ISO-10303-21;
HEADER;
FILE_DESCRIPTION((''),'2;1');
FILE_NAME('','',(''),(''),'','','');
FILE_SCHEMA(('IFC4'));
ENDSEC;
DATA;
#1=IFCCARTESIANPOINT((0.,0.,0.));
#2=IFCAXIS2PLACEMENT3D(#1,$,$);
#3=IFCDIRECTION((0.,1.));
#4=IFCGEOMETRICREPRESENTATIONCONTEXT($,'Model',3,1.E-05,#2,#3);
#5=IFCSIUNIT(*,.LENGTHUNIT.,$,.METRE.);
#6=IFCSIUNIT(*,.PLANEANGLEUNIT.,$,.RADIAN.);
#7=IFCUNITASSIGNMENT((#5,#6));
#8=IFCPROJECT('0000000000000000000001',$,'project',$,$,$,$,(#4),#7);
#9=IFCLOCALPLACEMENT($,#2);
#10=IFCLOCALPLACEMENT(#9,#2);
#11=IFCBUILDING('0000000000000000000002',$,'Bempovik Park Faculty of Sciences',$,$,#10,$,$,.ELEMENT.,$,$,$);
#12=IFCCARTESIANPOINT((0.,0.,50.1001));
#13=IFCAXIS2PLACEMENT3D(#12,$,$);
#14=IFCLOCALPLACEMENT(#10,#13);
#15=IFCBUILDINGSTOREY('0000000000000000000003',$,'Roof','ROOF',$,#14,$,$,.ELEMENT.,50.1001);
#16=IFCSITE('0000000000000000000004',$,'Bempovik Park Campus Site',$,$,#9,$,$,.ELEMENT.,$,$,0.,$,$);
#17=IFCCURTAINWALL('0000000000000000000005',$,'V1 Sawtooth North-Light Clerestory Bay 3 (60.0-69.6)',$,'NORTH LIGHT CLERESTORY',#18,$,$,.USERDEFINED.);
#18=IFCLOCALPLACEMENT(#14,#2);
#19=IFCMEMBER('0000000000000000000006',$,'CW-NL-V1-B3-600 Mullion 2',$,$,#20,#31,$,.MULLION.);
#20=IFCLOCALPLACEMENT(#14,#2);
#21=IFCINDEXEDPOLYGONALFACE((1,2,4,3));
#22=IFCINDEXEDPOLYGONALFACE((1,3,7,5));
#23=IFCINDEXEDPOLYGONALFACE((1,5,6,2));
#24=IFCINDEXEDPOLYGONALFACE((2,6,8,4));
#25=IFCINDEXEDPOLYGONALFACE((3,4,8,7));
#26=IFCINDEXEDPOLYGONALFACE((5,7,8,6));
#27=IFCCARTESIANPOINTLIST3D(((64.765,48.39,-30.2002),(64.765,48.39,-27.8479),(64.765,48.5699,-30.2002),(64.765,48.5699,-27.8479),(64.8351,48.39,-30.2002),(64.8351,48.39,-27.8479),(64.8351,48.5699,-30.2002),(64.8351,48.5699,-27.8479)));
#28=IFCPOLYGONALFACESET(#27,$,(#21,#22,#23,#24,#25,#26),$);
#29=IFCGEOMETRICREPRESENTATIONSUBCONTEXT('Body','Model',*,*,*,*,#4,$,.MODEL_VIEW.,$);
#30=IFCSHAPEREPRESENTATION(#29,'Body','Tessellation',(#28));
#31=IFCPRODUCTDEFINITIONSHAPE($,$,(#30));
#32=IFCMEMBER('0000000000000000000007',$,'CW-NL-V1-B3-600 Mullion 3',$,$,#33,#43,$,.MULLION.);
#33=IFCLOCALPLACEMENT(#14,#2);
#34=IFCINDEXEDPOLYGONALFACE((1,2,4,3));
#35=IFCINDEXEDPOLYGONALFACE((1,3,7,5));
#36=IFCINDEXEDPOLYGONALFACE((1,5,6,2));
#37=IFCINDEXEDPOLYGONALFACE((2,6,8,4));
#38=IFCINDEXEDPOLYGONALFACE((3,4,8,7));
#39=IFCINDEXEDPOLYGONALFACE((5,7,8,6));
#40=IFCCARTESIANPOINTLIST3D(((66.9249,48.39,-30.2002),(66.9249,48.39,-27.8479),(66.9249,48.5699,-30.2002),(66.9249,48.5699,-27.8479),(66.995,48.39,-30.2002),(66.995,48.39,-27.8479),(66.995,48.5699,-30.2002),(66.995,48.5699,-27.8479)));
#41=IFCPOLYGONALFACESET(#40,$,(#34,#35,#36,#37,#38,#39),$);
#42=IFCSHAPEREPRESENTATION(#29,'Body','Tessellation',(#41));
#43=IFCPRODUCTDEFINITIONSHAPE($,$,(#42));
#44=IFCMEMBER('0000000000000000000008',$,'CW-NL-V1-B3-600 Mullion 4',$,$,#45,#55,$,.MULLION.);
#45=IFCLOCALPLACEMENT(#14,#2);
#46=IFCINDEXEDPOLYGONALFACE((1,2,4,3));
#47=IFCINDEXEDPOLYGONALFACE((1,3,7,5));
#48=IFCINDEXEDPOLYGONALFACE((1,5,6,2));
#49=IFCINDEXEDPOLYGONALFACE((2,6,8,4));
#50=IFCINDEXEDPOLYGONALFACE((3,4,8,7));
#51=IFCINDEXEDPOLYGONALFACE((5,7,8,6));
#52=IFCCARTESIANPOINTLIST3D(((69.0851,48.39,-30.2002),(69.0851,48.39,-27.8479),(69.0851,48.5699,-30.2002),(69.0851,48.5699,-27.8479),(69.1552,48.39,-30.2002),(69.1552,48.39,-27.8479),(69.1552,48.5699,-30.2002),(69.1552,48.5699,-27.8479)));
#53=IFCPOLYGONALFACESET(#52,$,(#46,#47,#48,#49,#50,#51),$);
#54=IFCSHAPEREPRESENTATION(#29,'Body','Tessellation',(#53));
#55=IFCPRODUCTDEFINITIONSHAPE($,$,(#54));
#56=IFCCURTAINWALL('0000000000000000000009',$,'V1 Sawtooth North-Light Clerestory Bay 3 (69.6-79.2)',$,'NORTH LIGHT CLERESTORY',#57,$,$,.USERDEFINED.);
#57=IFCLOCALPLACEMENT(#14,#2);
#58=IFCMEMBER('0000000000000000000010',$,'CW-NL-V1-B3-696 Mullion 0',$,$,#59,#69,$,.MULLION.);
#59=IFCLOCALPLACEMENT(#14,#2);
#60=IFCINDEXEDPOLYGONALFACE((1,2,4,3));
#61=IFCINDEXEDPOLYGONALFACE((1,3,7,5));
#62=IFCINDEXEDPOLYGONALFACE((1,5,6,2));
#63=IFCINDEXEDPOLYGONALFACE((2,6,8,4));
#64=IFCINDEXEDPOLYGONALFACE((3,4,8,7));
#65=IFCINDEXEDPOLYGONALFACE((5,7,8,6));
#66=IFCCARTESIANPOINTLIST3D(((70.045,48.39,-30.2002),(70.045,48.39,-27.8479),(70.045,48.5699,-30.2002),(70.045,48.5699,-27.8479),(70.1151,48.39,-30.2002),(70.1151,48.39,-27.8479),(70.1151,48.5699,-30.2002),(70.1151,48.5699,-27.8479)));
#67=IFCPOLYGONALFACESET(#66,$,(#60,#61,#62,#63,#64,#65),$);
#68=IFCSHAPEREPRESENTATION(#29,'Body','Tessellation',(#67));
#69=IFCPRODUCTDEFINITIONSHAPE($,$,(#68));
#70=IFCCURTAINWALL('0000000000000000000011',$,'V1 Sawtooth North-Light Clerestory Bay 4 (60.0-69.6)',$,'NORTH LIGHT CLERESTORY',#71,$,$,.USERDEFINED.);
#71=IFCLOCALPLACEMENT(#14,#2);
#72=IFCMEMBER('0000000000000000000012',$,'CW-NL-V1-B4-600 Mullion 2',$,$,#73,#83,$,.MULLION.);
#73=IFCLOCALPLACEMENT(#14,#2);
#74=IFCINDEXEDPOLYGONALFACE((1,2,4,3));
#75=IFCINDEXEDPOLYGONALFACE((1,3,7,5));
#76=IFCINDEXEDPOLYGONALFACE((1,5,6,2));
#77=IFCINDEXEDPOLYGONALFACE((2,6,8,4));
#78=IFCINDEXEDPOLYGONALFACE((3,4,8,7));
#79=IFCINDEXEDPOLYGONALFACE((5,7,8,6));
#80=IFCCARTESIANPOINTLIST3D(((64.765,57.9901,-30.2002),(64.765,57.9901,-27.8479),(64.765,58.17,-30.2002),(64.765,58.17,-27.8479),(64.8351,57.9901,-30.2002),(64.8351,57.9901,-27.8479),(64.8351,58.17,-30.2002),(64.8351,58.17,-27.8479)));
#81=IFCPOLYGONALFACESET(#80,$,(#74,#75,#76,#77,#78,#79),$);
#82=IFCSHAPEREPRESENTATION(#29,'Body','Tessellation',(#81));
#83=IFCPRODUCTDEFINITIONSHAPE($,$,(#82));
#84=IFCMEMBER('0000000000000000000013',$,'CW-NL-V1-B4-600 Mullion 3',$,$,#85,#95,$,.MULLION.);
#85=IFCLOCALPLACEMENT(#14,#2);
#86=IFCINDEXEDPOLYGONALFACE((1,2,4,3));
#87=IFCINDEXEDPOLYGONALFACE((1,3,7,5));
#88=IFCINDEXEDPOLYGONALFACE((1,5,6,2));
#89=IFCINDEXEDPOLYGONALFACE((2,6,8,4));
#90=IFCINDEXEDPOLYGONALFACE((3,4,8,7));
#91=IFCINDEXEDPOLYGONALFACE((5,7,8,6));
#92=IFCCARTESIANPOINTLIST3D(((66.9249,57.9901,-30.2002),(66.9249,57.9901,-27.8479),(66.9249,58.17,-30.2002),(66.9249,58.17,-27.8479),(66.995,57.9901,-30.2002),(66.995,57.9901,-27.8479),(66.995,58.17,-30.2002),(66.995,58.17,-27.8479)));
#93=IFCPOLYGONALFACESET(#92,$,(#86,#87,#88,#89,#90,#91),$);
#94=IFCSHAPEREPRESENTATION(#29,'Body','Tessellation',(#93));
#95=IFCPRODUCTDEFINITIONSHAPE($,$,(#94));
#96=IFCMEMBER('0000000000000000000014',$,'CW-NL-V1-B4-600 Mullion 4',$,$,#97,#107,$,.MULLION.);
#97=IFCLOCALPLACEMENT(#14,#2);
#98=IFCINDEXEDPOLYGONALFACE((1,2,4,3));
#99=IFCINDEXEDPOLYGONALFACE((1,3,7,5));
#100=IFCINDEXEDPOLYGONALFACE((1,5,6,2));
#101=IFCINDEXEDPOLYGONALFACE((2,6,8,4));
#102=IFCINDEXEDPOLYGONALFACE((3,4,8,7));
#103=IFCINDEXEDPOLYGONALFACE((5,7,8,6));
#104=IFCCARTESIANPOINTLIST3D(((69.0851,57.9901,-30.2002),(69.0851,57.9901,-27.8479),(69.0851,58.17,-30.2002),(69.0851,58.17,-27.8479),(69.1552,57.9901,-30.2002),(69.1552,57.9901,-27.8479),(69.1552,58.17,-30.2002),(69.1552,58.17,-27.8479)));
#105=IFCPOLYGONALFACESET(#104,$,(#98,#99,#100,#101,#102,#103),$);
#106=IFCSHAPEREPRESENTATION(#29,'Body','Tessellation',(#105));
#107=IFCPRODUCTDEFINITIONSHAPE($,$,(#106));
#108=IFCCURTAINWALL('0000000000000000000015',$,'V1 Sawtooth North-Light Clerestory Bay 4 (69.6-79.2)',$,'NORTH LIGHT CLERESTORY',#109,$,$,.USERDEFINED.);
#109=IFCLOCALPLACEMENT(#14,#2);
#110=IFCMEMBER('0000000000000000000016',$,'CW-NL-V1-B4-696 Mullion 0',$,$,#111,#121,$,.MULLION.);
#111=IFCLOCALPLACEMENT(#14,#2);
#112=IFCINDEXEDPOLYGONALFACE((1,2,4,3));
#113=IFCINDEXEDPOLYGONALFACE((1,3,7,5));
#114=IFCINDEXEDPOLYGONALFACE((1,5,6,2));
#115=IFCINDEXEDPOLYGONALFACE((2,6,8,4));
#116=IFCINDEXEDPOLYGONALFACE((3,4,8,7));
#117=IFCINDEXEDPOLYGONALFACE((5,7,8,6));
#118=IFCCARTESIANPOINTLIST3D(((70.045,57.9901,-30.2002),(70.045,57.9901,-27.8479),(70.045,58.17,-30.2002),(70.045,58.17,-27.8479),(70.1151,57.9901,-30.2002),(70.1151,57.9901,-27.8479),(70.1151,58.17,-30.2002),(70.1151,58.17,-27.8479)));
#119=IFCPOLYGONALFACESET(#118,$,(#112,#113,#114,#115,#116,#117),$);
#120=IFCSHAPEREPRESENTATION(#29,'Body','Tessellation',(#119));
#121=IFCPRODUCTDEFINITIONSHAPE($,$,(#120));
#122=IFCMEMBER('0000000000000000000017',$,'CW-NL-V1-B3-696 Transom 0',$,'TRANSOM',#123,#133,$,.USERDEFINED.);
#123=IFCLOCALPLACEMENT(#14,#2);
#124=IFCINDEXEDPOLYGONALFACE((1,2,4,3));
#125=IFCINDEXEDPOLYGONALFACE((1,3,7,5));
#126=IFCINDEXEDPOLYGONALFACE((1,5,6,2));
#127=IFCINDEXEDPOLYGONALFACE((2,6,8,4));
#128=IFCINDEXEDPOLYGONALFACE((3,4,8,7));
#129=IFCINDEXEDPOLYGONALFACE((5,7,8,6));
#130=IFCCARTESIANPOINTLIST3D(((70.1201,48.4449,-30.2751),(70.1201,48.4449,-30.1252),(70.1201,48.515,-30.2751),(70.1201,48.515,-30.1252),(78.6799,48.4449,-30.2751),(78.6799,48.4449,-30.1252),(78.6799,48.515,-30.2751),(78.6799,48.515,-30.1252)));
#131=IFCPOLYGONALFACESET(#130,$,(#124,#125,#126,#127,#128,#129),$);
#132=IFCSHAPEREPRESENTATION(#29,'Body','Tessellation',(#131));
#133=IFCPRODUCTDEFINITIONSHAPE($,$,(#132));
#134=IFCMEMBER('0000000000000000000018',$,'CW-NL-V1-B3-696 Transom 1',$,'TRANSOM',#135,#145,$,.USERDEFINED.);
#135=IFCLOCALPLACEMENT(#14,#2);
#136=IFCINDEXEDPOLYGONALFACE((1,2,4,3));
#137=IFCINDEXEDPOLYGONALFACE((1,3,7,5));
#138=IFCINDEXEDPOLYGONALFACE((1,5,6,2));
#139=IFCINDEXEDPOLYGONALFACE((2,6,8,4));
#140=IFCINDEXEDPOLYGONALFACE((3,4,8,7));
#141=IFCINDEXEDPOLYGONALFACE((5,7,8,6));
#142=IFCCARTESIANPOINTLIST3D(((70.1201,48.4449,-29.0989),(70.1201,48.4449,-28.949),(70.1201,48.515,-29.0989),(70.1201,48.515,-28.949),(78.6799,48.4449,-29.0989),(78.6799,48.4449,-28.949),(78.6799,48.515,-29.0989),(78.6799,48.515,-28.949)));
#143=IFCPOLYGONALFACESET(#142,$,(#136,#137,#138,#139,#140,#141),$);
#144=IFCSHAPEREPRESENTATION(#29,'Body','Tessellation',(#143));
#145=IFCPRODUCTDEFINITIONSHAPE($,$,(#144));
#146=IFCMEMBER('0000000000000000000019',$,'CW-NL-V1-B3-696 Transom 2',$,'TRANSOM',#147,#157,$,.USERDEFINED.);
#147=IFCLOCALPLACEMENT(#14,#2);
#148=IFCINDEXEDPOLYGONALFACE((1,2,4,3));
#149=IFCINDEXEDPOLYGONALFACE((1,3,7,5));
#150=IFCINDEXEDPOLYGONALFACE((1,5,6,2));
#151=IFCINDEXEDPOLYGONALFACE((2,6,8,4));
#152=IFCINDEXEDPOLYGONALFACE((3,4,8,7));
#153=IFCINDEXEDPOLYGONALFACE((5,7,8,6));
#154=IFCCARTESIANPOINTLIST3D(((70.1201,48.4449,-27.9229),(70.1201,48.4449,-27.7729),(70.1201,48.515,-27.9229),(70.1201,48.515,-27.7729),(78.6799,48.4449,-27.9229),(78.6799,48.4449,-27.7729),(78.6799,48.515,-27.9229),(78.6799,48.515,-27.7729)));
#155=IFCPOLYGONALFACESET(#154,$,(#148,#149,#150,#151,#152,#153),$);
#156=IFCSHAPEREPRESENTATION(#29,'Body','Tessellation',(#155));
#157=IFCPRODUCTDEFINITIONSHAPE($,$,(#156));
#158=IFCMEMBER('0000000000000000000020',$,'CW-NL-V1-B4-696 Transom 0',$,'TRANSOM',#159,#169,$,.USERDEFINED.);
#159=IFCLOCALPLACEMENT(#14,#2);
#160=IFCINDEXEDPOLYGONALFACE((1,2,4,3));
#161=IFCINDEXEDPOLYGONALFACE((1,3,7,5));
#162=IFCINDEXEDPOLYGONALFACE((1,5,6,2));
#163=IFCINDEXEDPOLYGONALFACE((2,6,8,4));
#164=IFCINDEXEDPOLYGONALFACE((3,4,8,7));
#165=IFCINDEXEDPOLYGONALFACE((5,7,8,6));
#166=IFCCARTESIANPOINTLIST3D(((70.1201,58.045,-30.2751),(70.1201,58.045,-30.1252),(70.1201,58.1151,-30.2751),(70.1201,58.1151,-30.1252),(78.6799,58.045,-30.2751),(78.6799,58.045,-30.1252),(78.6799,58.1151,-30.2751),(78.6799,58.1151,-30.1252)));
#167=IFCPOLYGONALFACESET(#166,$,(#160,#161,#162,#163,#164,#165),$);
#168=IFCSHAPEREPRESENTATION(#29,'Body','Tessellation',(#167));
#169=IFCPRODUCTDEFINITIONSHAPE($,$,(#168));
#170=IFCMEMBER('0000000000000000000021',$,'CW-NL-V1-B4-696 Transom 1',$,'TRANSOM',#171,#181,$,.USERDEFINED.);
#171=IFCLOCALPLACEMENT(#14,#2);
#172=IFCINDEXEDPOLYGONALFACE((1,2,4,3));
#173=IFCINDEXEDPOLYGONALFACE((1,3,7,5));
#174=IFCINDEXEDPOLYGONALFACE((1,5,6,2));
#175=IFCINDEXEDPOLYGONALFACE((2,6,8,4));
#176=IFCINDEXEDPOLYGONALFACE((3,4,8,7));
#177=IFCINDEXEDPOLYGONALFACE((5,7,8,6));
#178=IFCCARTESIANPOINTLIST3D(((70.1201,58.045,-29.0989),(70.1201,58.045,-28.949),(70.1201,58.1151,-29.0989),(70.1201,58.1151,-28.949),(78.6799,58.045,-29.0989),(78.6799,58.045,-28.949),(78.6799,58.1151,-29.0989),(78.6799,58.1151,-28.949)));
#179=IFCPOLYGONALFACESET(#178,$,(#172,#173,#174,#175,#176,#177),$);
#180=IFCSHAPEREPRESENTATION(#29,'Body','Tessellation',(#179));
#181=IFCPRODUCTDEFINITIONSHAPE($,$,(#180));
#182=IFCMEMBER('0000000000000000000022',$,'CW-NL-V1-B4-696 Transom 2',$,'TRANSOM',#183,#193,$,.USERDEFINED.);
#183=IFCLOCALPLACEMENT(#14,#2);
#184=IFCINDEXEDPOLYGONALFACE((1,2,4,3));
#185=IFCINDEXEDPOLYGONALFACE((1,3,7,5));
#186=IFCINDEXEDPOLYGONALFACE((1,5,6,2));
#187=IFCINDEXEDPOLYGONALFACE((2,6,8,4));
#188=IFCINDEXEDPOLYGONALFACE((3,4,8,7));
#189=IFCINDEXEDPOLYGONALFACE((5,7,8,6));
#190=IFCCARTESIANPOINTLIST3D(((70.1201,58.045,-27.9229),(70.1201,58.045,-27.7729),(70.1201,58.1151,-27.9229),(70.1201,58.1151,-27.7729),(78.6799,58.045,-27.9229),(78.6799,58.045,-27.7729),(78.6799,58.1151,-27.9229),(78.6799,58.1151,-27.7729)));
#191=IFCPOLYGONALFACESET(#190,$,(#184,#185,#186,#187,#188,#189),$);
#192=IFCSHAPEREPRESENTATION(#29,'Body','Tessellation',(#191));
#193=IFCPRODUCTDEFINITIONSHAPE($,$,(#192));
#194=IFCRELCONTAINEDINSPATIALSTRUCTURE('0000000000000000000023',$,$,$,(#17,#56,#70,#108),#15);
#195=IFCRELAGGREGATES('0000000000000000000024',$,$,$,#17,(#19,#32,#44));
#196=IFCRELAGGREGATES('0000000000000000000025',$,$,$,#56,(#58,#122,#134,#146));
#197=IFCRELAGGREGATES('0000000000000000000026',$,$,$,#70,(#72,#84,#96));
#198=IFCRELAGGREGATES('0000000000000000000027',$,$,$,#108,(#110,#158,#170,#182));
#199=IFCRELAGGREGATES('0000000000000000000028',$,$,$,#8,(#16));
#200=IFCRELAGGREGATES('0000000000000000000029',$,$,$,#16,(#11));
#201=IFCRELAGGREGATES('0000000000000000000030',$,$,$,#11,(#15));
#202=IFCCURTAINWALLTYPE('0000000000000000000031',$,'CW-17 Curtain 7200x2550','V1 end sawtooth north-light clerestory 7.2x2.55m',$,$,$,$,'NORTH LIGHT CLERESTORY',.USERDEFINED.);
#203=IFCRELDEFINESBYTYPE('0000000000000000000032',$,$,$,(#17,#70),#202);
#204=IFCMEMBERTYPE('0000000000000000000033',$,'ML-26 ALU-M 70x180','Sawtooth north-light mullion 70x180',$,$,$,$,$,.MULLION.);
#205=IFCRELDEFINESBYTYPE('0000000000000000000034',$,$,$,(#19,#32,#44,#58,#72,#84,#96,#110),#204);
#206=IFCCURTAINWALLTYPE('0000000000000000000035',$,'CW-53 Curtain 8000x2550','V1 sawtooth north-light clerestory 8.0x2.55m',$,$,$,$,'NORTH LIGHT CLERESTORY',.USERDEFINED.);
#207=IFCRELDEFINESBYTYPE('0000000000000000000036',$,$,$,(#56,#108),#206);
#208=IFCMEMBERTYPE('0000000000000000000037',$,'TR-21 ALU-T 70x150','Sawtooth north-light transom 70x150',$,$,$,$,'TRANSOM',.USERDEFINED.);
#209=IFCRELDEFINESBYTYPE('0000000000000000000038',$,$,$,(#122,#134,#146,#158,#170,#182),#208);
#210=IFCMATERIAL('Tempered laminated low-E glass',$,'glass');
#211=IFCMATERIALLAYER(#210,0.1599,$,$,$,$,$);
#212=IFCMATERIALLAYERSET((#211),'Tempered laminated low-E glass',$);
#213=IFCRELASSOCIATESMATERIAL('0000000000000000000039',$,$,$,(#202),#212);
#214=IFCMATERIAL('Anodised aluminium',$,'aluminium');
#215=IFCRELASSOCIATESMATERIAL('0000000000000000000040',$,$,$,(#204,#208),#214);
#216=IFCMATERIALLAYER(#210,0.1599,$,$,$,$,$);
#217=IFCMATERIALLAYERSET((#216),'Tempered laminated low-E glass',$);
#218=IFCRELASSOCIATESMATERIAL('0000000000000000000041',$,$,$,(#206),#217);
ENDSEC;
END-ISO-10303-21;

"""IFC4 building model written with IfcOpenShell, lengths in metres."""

from ifc_helpers import new_model, si_unit, direction, frame, origin, origin_2d, place, context, subcontext, project, spatial, rectangle, extrude, material, layer, layer_set, material_profile, profile_set, type_object, element, aggregate, save


model = new_model("IFC4")

# Units and contexts
model_context = context("Model", 3, precision=1e-05, world=origin(), true_north=direction((0.0, 1.0)))
body_context = subcontext(model_context, "Body", "Model", "MODEL_VIEW")
ifc_project = project(units=[si_unit("LENGTHUNIT", "METRE"), si_unit("PLANEANGLEUNIT", "RADIAN")], contexts=[model_context])

# Site, building, storey
site_placement = place(None, origin())
site = spatial("IfcSite", under=ifc_project, at=site_placement, Name="Bempovik Park Campus Site", CompositionType="ELEMENT", RefElevation=0.0)
building_placement = place(site_placement, origin())
building = spatial("IfcBuilding", under=site, at=building_placement, Name="Bempovik Park Faculty of Sciences", CompositionType="ELEMENT")
storey_placement = place(building_placement, frame((0.0, 0.0, 50.1001)))
storey = spatial("IfcBuildingStorey", under=building, at=storey_placement, Name="Roof", Description="ROOF", CompositionType="ELEMENT", Elevation=50.1001)

# Curtain wall, members
ifc_material_1 = material(Name="Tempered laminated low-E glass", Category="glass")
ifc_layer_1 = layer(ifc_material_1, 0.1599)
ifc_layer_set_1 = layer_set([ifc_layer_1], Name="Tempered laminated low-E glass")
curtain_wall_type_1 = type_object("IfcCurtainWallType", Name="CW-17 Curtain 7200x2550", Description="V1 end sawtooth north-light clerestory 7.2x2.55m", ElementType="NORTH LIGHT CLERESTORY", PredefinedType="USERDEFINED", material=ifc_layer_set_1)
curtain_wall_1_placement = place(storey_placement, origin())
curtain_wall_1 = element("IfcCurtainWall", 1, at=curtain_wall_1_placement, inside=storey, type_object=curtain_wall_type_1, Name="V1 Sawtooth North-Light Clerestory Bay 3 (60.0-69.6)", ObjectType="NORTH LIGHT CLERESTORY", PredefinedType="USERDEFINED")
ifc_material_2 = material(Name="Anodised aluminium", Category="aluminium")
ifc_material_profile_1 = material_profile(ifc_material_2, rectangle(XDim=0.0701, YDim=0.1799, at=origin_2d()), Name="ALU-M 70x180")
ifc_profile_set_1 = profile_set([ifc_material_profile_1], Name="Anodised aluminium")
member_type_1 = type_object("IfcMemberType", Name="ML-26 ALU-M 70x180", Description="Sawtooth north-light mullion 70x180", PredefinedType="MULLION", material=ifc_profile_set_1)
member_1_placement = place(storey_placement, frame((64.8, 48.48, -30.2002), z_axis=(0.0, 0.0, 1.0), x_axis=(1.0, 0.0, 0.0)))
member_1 = element("IfcMember", 2, at=member_1_placement, type_object=member_type_1, Name="CW-NL-V1-B3-600 Mullion 2", PredefinedType="MULLION", context=body_context, shape_type="SweptSolid", body=[
    extrude(rectangle(XDim=0.0701, YDim=0.1799, at=origin_2d()), origin(), (0.0, 0.0, 1.0), 2.3523),
])
member_2_placement = place(storey_placement, frame((66.96, 48.48, -30.2002), z_axis=(0.0, 0.0, 1.0), x_axis=(1.0, 0.0, 0.0)))
member_2 = element("IfcMember", 3, at=member_2_placement, type_object=member_type_1, Name="CW-NL-V1-B3-600 Mullion 3", PredefinedType="MULLION", context=body_context, shape_type="SweptSolid", body=[
    extrude(rectangle(XDim=0.0701, YDim=0.1799, at=origin_2d()), origin(), (0.0, 0.0, 1.0), 2.3523),
])
member_3_placement = place(storey_placement, frame((69.1201, 48.48, -30.2002), z_axis=(0.0, 0.0, 1.0), x_axis=(1.0, 0.0, 0.0)))
member_3 = element("IfcMember", 4, at=member_3_placement, type_object=member_type_1, Name="CW-NL-V1-B3-600 Mullion 4", PredefinedType="MULLION", context=body_context, shape_type="SweptSolid", body=[
    extrude(rectangle(XDim=0.0701, YDim=0.1799, at=origin_2d()), origin(), (0.0, 0.0, 1.0), 2.3523),
])

# Curtain wall, member
ifc_layer_2 = layer(ifc_material_1, 0.1599)
ifc_layer_set_2 = layer_set([ifc_layer_2], Name="Tempered laminated low-E glass")
curtain_wall_type_2 = type_object("IfcCurtainWallType", Name="CW-53 Curtain 8000x2550", Description="V1 sawtooth north-light clerestory 8.0x2.55m", ElementType="NORTH LIGHT CLERESTORY", PredefinedType="USERDEFINED", material=ifc_layer_set_2)
curtain_wall_2_placement = place(storey_placement, origin())
curtain_wall_2 = element("IfcCurtainWall", 5, at=curtain_wall_2_placement, inside=storey, type_object=curtain_wall_type_2, Name="V1 Sawtooth North-Light Clerestory Bay 3 (69.6-79.2)", ObjectType="NORTH LIGHT CLERESTORY", PredefinedType="USERDEFINED")
member_4_placement = place(storey_placement, frame((70.0801, 48.48, -30.2002), z_axis=(0.0, 0.0, 1.0), x_axis=(1.0, 0.0, 0.0)))
member_4 = element("IfcMember", 6, at=member_4_placement, type_object=member_type_1, Name="CW-NL-V1-B3-696 Mullion 0", PredefinedType="MULLION", context=body_context, shape_type="SweptSolid", body=[
    extrude(rectangle(XDim=0.0701, YDim=0.1799, at=origin_2d()), origin(), (0.0, 0.0, 1.0), 2.3523),
])

# Curtain wall, members
curtain_wall_3_placement = place(storey_placement, origin())
curtain_wall_3 = element("IfcCurtainWall", 7, at=curtain_wall_3_placement, inside=storey, type_object=curtain_wall_type_1, Name="V1 Sawtooth North-Light Clerestory Bay 4 (60.0-69.6)", ObjectType="NORTH LIGHT CLERESTORY", PredefinedType="USERDEFINED")
member_5_placement = place(storey_placement, frame((64.8, 58.0801, -30.2002), z_axis=(0.0, 0.0, 1.0), x_axis=(1.0, 0.0, 0.0)))
member_5 = element("IfcMember", 8, at=member_5_placement, type_object=member_type_1, Name="CW-NL-V1-B4-600 Mullion 2", PredefinedType="MULLION", context=body_context, shape_type="SweptSolid", body=[
    extrude(rectangle(XDim=0.0701, YDim=0.1799, at=origin_2d()), origin(), (0.0, 0.0, 1.0), 2.3523),
])
member_6_placement = place(storey_placement, frame((66.96, 58.0801, -30.2002), z_axis=(0.0, 0.0, 1.0), x_axis=(1.0, 0.0, 0.0)))
member_6 = element("IfcMember", 9, at=member_6_placement, type_object=member_type_1, Name="CW-NL-V1-B4-600 Mullion 3", PredefinedType="MULLION", context=body_context, shape_type="SweptSolid", body=[
    extrude(rectangle(XDim=0.0701, YDim=0.1799, at=origin_2d()), origin(), (0.0, 0.0, 1.0), 2.3523),
])
member_7_placement = place(storey_placement, frame((69.1201, 58.0801, -30.2002), z_axis=(0.0, 0.0, 1.0), x_axis=(1.0, 0.0, 0.0)))
member_7 = element("IfcMember", 10, at=member_7_placement, type_object=member_type_1, Name="CW-NL-V1-B4-600 Mullion 4", PredefinedType="MULLION", context=body_context, shape_type="SweptSolid", body=[
    extrude(rectangle(XDim=0.0701, YDim=0.1799, at=origin_2d()), origin(), (0.0, 0.0, 1.0), 2.3523),
])

# Curtain wall, member
curtain_wall_4_placement = place(storey_placement, origin())
curtain_wall_4 = element("IfcCurtainWall", 11, at=curtain_wall_4_placement, inside=storey, type_object=curtain_wall_type_2, Name="V1 Sawtooth North-Light Clerestory Bay 4 (69.6-79.2)", ObjectType="NORTH LIGHT CLERESTORY", PredefinedType="USERDEFINED")
member_8_placement = place(storey_placement, frame((70.0801, 58.0801, -30.2002), z_axis=(0.0, 0.0, 1.0), x_axis=(1.0, 0.0, 0.0)))
member_8 = element("IfcMember", 12, at=member_8_placement, type_object=member_type_1, Name="CW-NL-V1-B4-696 Mullion 0", PredefinedType="MULLION", context=body_context, shape_type="SweptSolid", body=[
    extrude(rectangle(XDim=0.0701, YDim=0.1799, at=origin_2d()), origin(), (0.0, 0.0, 1.0), 2.3523),
])

# Members
ifc_material_profile_2 = material_profile(ifc_material_2, rectangle(XDim=0.0701, YDim=0.1499, at=origin_2d()), Name="ALU-T 70x150")
ifc_profile_set_2 = profile_set([ifc_material_profile_2], Name="Anodised aluminium")
member_type_2 = type_object("IfcMemberType", Name="TR-21 ALU-T 70x150", Description="Sawtooth north-light transom 70x150", ElementType="TRANSOM", PredefinedType="USERDEFINED", material=ifc_profile_set_2)
member_9_placement = place(storey_placement, frame((70.1201, 48.48, -30.2002), z_axis=(1.0, 0.0, 0.0), x_axis=(0.0, 1.0, 0.0)))
member_9 = element("IfcMember", 13, at=member_9_placement, type_object=member_type_2, Name="CW-NL-V1-B3-696 Transom 0", ObjectType="TRANSOM", PredefinedType="USERDEFINED", context=body_context, shape_type="SweptSolid", body=[
    extrude(rectangle(XDim=0.0701, YDim=0.1499, at=origin_2d()), origin(), (0.0, 0.0, 1.0), 8.5598),
])
member_10_placement = place(storey_placement, frame((70.1201, 48.48, -29.0239), z_axis=(1.0, 0.0, 0.0), x_axis=(0.0, 1.0, 0.0)))
member_10 = element("IfcMember", 14, at=member_10_placement, type_object=member_type_2, Name="CW-NL-V1-B3-696 Transom 1", ObjectType="TRANSOM", PredefinedType="USERDEFINED", context=body_context, shape_type="SweptSolid", body=[
    extrude(rectangle(XDim=0.0701, YDim=0.1499, at=origin_2d()), origin(), (0.0, 0.0, 1.0), 8.5598),
])
member_11_placement = place(storey_placement, frame((70.1201, 48.48, -27.8479), z_axis=(1.0, 0.0, 0.0), x_axis=(0.0, 1.0, 0.0)))
member_11 = element("IfcMember", 15, at=member_11_placement, type_object=member_type_2, Name="CW-NL-V1-B3-696 Transom 2", ObjectType="TRANSOM", PredefinedType="USERDEFINED", context=body_context, shape_type="SweptSolid", body=[
    extrude(rectangle(XDim=0.0701, YDim=0.1499, at=origin_2d()), origin(), (0.0, 0.0, 1.0), 8.5598),
])
member_12_placement = place(storey_placement, frame((70.1201, 58.0801, -30.2002), z_axis=(1.0, 0.0, 0.0), x_axis=(0.0, 1.0, 0.0)))
member_12 = element("IfcMember", 16, at=member_12_placement, type_object=member_type_2, Name="CW-NL-V1-B4-696 Transom 0", ObjectType="TRANSOM", PredefinedType="USERDEFINED", context=body_context, shape_type="SweptSolid", body=[
    extrude(rectangle(XDim=0.0701, YDim=0.1499, at=origin_2d()), origin(), (0.0, 0.0, 1.0), 8.5598),
])
member_13_placement = place(storey_placement, frame((70.1201, 58.0801, -29.0239), z_axis=(1.0, 0.0, 0.0), x_axis=(0.0, 1.0, 0.0)))
member_13 = element("IfcMember", 17, at=member_13_placement, type_object=member_type_2, Name="CW-NL-V1-B4-696 Transom 1", ObjectType="TRANSOM", PredefinedType="USERDEFINED", context=body_context, shape_type="SweptSolid", body=[
    extrude(rectangle(XDim=0.0701, YDim=0.1499, at=origin_2d()), origin(), (0.0, 0.0, 1.0), 8.5598),
])
member_14_placement = place(storey_placement, frame((70.1201, 58.0801, -27.8479), z_axis=(1.0, 0.0, 0.0), x_axis=(0.0, 1.0, 0.0)))
member_14 = element("IfcMember", 18, at=member_14_placement, type_object=member_type_2, Name="CW-NL-V1-B4-696 Transom 2", ObjectType="TRANSOM", PredefinedType="USERDEFINED", context=body_context, shape_type="SweptSolid", body=[
    extrude(rectangle(XDim=0.0701, YDim=0.1499, at=origin_2d()), origin(), (0.0, 0.0, 1.0), 8.5598),
])

aggregate(curtain_wall_1, [member_1, member_2, member_3])
aggregate(curtain_wall_2, [member_4, member_9, member_10, member_11])
aggregate(curtain_wall_3, [member_5, member_6, member_7])
aggregate(curtain_wall_4, [member_8, member_12, member_13, member_14])

save(model, "model.ifc")
